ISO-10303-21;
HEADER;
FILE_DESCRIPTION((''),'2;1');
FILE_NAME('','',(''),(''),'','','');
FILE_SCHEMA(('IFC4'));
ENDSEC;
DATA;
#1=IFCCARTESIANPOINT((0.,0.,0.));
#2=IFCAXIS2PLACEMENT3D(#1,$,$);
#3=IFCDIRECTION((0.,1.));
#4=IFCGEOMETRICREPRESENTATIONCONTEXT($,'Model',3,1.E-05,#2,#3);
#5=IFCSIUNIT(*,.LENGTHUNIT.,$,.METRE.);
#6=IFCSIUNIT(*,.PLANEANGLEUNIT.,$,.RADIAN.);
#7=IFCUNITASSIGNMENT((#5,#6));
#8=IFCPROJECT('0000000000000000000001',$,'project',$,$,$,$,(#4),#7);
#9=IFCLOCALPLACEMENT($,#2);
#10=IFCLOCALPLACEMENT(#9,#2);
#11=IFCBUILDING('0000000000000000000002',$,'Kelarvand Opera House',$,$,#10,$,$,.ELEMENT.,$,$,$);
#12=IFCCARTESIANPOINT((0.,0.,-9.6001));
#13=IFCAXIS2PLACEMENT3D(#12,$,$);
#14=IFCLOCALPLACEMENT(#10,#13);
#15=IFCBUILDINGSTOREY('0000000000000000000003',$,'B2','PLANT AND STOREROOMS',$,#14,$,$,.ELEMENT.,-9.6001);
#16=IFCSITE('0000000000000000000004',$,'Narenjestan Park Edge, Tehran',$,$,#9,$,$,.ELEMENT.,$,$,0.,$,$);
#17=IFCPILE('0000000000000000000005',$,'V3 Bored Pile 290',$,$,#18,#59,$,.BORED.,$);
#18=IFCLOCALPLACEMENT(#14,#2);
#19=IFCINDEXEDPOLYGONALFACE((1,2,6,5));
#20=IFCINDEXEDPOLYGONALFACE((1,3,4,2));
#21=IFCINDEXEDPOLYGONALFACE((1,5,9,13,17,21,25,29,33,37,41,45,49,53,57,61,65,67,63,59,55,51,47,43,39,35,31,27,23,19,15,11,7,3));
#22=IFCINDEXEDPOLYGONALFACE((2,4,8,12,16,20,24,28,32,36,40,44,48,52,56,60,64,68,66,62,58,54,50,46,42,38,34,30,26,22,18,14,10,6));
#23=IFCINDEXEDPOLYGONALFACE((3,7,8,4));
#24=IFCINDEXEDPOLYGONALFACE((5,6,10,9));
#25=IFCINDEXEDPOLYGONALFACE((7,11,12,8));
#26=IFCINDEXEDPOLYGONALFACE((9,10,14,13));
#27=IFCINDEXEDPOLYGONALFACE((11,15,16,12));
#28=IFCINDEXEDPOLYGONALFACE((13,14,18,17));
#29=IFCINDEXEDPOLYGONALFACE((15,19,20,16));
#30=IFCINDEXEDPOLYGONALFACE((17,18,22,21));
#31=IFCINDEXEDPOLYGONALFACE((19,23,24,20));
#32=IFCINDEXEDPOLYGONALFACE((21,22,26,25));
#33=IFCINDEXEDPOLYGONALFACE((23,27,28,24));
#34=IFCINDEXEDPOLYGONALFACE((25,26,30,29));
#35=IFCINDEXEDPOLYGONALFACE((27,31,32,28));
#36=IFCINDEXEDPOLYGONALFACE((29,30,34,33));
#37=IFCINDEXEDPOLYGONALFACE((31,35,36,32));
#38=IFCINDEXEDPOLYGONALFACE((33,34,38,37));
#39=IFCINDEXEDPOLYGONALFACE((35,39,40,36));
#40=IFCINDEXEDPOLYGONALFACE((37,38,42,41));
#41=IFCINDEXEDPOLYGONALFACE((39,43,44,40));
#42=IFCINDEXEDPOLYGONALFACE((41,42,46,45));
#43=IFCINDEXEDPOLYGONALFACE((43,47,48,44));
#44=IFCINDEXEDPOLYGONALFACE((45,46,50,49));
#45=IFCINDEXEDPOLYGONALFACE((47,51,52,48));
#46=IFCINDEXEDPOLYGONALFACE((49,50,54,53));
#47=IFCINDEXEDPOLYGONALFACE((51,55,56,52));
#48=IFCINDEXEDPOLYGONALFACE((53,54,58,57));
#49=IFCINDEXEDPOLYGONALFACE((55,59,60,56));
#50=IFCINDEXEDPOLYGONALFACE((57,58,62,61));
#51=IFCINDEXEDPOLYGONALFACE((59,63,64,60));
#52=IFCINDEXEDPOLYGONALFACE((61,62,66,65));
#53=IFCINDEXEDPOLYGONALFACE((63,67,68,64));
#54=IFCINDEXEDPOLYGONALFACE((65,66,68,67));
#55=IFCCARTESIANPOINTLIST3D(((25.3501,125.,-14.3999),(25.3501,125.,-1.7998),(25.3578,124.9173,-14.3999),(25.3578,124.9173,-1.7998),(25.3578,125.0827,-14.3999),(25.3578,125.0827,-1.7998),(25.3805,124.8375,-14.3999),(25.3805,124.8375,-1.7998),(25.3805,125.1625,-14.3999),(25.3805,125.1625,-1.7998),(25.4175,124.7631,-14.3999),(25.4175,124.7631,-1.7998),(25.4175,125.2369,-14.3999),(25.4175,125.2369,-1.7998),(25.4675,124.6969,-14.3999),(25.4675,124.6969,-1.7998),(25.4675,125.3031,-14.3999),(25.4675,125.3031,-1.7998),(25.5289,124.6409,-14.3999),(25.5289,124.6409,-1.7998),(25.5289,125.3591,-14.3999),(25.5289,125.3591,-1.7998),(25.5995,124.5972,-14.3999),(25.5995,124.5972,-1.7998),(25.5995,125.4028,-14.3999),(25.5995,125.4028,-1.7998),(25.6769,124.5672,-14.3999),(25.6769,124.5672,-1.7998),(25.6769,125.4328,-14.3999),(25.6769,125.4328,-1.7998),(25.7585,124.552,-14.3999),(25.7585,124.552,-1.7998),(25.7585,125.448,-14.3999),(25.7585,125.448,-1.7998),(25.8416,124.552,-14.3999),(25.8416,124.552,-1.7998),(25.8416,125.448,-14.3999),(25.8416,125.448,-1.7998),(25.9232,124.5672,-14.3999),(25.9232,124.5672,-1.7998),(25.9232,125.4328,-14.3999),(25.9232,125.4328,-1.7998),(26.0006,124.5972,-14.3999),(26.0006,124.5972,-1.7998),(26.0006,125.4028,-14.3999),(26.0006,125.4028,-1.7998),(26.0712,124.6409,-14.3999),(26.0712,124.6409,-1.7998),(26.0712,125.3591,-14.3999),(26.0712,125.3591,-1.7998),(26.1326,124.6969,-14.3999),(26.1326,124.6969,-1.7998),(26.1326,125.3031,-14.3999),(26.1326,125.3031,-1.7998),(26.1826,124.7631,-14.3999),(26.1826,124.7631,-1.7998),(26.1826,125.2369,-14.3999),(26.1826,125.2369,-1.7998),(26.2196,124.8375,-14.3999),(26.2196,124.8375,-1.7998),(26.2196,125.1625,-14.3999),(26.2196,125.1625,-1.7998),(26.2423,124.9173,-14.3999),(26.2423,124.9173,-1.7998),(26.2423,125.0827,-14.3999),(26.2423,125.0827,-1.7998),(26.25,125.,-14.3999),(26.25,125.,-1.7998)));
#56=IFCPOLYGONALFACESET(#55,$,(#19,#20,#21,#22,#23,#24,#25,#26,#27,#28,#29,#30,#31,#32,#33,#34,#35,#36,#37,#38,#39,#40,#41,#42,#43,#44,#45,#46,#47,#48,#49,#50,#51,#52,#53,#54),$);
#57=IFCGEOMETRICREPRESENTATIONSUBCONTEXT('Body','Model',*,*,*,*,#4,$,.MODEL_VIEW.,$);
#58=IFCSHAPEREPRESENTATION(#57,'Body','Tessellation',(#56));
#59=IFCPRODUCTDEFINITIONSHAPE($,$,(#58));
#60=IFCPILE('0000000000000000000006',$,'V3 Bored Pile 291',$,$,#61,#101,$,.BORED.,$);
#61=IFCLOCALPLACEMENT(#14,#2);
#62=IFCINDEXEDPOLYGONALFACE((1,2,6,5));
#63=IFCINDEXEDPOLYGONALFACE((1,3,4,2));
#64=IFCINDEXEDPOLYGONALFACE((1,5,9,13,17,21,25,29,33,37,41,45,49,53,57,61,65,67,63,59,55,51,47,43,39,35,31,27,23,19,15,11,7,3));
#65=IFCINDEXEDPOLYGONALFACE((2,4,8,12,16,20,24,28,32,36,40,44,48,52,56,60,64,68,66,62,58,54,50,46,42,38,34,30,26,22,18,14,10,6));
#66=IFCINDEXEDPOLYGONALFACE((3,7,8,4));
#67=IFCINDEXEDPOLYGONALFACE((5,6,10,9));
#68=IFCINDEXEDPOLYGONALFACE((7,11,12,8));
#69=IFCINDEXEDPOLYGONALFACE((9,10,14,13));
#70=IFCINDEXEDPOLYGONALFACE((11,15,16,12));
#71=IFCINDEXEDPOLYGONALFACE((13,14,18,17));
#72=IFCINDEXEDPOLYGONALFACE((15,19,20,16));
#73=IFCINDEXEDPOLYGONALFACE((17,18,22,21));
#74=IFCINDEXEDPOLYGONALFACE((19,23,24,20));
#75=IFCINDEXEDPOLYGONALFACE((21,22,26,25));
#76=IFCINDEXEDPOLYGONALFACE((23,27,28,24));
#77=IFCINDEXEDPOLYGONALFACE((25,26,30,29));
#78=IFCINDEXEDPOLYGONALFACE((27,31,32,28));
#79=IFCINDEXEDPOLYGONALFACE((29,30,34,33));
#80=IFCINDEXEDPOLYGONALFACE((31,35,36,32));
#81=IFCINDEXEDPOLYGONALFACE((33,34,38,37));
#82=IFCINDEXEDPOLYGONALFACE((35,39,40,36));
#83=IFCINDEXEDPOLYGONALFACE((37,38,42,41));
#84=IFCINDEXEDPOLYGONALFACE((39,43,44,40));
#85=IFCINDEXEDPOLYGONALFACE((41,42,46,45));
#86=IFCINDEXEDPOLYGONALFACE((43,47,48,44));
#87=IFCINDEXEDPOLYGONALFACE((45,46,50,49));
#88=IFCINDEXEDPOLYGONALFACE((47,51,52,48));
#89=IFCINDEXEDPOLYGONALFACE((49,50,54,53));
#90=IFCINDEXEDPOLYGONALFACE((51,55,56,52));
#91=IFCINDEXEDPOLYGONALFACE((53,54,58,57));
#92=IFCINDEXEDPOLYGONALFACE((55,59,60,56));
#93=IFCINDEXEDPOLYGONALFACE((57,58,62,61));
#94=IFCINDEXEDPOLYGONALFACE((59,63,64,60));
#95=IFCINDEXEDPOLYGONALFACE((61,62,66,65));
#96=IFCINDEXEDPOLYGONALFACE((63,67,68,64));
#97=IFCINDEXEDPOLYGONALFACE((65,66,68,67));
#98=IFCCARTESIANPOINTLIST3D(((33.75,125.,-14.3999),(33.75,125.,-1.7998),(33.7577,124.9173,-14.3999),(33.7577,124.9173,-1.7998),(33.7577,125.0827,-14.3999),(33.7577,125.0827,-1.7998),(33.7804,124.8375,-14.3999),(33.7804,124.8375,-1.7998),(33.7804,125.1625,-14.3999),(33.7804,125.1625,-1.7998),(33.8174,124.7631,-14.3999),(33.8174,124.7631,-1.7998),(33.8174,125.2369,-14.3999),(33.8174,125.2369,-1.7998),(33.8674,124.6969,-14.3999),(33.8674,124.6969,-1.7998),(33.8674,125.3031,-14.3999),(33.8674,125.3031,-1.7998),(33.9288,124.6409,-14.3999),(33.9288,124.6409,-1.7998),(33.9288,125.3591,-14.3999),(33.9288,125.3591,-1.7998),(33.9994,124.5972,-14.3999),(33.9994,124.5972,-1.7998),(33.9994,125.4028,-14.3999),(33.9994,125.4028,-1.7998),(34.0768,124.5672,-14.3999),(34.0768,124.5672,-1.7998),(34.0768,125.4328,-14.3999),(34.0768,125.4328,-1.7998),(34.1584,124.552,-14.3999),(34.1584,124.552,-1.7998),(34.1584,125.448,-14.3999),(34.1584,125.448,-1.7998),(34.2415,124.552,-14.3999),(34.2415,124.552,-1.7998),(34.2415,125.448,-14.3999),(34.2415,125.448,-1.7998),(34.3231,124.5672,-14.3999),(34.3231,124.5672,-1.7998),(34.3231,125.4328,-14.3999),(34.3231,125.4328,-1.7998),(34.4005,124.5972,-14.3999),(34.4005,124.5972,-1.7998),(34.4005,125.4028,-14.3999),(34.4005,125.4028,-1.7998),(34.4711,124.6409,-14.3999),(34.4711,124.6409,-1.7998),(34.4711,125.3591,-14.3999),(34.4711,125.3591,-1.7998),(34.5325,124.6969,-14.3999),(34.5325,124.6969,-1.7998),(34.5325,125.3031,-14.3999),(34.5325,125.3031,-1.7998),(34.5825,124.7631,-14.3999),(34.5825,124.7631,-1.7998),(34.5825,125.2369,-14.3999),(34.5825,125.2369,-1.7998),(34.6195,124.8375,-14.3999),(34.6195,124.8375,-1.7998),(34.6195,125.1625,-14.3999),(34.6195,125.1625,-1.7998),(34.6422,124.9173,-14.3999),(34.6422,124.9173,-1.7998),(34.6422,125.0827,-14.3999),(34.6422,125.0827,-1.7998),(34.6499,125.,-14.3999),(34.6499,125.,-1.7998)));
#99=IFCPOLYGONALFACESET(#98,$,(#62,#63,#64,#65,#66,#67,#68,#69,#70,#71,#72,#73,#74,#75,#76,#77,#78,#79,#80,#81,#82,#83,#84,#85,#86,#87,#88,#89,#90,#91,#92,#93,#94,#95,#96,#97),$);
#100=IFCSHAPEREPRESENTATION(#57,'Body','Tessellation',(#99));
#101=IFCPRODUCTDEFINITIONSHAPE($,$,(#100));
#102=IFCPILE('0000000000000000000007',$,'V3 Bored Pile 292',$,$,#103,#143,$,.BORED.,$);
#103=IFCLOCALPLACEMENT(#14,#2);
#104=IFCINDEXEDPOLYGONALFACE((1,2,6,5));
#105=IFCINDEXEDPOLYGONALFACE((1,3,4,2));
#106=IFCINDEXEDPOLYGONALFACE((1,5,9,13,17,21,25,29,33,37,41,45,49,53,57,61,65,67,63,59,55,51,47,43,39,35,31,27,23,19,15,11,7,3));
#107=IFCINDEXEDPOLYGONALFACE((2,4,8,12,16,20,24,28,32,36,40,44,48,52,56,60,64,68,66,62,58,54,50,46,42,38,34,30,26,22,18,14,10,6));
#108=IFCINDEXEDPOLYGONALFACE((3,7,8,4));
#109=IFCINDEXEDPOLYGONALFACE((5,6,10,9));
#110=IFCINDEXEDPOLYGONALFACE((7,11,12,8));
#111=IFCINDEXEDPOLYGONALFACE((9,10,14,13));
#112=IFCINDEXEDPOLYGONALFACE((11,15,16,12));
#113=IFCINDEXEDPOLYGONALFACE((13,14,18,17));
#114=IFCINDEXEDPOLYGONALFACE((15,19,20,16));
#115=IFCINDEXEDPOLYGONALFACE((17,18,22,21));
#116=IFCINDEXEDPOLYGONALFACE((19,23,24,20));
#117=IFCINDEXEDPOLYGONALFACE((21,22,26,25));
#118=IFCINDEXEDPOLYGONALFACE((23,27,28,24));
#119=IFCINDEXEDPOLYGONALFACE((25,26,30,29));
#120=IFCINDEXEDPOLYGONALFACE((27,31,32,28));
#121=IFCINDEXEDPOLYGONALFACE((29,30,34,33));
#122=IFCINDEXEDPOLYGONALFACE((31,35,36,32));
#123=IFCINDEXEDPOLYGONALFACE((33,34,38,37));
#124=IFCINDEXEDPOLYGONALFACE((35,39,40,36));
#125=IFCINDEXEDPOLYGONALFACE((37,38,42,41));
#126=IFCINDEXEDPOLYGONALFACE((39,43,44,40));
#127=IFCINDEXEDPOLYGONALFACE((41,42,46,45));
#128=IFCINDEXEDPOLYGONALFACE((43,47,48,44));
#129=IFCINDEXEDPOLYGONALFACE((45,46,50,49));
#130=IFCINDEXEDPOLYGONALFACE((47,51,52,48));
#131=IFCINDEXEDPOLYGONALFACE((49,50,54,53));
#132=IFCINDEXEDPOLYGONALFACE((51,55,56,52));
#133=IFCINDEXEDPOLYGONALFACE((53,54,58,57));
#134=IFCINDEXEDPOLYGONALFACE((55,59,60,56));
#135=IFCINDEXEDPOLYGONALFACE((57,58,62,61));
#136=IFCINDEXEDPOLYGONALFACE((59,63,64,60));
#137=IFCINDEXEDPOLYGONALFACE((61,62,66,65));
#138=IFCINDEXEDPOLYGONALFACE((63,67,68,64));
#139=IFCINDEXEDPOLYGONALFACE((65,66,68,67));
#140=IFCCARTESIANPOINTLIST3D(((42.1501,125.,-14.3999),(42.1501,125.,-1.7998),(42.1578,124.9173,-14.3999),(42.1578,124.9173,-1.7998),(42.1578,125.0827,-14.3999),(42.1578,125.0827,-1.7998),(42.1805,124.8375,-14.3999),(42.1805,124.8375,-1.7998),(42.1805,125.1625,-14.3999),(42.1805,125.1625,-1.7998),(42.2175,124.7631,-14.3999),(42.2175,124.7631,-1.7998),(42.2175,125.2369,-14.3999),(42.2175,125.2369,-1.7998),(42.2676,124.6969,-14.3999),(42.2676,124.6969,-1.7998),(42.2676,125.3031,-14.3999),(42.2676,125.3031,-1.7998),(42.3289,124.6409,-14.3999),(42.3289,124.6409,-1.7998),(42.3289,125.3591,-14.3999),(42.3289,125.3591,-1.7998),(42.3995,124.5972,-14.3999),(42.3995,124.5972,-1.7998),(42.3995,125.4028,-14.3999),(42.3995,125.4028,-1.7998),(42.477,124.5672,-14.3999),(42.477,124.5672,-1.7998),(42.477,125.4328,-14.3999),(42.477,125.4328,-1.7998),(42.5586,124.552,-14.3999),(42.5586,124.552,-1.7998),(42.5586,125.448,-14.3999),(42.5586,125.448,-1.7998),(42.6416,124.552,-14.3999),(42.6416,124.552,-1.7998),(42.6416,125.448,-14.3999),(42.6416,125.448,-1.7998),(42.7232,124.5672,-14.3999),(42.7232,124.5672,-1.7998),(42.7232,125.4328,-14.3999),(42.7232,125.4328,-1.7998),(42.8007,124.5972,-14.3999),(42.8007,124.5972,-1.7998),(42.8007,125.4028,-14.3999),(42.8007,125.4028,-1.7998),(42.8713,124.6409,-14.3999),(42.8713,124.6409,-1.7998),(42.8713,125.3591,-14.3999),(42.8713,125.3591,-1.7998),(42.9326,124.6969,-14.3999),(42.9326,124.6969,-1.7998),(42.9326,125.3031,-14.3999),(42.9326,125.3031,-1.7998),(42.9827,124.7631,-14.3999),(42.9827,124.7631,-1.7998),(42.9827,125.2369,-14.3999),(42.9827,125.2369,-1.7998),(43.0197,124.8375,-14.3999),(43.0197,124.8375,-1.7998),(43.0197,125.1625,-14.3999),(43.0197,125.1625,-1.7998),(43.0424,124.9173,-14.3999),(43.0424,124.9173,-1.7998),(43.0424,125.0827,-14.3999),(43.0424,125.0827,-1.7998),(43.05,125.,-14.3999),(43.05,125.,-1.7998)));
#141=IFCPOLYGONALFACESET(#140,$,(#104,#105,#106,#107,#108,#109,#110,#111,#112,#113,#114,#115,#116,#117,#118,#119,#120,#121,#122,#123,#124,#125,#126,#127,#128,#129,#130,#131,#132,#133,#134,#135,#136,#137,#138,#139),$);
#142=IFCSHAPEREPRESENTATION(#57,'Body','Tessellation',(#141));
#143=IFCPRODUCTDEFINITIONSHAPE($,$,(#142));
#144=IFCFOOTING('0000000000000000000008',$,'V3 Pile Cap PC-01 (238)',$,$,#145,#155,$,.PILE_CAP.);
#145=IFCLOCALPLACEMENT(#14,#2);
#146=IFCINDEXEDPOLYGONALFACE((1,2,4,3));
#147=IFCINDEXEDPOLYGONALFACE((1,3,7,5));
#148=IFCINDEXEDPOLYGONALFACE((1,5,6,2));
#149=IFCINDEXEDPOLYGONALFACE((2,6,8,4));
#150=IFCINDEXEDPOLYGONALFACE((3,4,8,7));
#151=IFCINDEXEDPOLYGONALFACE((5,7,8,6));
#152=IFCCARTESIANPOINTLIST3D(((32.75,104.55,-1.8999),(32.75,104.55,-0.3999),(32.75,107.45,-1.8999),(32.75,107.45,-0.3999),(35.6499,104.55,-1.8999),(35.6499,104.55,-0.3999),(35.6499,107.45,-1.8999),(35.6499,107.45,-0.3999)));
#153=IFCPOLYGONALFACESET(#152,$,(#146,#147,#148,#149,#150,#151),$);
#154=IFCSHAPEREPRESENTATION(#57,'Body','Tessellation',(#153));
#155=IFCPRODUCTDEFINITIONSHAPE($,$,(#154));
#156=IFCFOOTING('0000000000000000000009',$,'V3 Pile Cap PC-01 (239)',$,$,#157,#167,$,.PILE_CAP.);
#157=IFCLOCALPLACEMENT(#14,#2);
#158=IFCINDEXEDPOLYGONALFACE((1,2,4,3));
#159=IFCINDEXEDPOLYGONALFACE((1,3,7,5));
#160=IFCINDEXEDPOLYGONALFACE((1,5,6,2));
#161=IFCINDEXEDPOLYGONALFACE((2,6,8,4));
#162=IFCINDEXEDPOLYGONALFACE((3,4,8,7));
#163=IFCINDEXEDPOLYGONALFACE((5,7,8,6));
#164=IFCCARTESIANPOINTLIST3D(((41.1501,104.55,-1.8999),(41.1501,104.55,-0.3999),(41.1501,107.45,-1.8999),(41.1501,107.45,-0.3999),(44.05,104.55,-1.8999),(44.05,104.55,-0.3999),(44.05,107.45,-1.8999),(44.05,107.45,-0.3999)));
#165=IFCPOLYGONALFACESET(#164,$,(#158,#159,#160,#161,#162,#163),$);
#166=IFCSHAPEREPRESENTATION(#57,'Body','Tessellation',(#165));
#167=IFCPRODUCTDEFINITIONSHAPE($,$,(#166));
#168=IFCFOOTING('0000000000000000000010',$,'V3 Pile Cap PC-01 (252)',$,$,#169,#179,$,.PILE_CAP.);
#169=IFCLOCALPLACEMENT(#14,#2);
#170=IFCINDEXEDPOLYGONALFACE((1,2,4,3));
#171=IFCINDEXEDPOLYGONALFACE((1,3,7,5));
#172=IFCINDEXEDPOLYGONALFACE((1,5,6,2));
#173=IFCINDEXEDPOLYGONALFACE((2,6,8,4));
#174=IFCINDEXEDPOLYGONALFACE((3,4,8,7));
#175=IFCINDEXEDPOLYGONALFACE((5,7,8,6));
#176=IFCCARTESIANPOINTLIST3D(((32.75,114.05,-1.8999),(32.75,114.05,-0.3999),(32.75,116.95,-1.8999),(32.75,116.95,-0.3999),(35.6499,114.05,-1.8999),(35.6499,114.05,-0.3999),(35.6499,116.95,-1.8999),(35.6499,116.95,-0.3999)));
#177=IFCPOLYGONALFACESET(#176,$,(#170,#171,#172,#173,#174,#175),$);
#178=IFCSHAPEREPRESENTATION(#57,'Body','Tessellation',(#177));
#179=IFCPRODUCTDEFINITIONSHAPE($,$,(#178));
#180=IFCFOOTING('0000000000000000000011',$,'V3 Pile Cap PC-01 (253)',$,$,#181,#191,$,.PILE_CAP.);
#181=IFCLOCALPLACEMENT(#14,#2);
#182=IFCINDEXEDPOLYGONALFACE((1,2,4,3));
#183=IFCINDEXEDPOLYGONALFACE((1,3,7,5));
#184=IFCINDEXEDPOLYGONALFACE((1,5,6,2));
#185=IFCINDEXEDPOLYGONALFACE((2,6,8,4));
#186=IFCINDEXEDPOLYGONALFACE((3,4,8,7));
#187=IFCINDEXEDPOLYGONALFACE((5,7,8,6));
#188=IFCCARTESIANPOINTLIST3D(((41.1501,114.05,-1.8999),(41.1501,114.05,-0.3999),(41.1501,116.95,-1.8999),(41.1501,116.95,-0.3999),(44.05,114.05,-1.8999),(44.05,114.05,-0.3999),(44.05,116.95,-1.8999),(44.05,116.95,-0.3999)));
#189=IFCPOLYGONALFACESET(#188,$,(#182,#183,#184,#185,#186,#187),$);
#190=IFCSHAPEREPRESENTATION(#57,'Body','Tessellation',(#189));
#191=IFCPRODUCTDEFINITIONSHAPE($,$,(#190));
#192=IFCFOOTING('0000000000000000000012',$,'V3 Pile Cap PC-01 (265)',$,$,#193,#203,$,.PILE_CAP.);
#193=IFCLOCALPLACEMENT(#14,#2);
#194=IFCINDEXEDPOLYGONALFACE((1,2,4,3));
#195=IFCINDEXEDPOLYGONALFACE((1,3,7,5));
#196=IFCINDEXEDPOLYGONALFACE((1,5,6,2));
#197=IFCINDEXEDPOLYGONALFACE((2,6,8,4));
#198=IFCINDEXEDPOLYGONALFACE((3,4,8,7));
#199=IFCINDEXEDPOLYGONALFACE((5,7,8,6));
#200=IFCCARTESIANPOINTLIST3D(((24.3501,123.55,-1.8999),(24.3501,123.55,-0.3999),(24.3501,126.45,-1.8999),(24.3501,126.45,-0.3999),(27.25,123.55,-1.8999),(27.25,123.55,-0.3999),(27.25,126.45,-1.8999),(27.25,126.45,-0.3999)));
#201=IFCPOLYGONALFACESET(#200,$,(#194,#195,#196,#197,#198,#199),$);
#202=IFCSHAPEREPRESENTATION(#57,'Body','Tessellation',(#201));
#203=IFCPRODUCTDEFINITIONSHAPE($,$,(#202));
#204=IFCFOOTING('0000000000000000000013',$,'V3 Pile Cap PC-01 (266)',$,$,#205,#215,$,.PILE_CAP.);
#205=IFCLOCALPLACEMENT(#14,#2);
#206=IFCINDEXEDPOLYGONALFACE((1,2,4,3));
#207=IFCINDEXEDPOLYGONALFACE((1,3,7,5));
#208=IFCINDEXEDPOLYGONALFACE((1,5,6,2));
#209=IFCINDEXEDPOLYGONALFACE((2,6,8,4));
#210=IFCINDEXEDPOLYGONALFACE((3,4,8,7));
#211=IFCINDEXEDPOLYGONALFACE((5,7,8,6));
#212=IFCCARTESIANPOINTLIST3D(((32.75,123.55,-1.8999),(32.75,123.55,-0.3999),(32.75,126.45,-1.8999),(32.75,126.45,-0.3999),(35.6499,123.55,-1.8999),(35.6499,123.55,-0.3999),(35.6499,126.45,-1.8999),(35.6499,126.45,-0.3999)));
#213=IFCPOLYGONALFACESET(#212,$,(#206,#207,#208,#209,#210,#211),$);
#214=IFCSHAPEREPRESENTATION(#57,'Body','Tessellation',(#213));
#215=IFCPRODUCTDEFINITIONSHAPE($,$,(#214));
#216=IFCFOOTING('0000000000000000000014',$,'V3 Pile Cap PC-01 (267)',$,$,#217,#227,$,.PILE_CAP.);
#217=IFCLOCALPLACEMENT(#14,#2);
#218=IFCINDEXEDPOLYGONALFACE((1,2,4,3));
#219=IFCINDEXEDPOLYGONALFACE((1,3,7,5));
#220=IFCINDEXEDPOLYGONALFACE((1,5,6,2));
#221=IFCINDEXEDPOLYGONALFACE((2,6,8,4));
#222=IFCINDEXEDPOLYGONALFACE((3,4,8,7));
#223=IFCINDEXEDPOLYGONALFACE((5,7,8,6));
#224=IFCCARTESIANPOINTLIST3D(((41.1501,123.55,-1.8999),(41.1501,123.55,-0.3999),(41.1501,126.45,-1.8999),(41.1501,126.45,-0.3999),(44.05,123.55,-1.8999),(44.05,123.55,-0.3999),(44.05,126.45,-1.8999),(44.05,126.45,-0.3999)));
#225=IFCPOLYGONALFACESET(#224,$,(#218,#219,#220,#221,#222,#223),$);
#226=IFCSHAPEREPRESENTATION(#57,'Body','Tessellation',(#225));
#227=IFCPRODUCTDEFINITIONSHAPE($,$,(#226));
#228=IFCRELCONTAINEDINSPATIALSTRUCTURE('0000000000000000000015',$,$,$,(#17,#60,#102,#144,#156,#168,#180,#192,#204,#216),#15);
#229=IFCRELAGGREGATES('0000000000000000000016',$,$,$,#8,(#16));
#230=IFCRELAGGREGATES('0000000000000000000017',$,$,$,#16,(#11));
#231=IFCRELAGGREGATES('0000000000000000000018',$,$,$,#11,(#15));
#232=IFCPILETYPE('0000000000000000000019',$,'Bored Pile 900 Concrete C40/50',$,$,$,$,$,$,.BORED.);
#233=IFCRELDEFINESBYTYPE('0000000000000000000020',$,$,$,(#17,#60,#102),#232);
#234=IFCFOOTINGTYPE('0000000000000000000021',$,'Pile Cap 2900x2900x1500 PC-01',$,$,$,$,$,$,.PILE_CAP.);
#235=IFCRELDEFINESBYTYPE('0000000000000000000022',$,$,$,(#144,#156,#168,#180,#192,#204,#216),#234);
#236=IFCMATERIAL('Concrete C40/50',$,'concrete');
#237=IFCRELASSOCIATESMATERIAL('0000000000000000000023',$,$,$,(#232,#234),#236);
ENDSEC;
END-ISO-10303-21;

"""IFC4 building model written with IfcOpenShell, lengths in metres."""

from ifc_helpers import new_model, si_unit, direction, frame, origin, origin_2d, place, context, subcontext, project, spatial, rectangle, circle, extrude, material, material_profile, profile_set, type_object, element, save


model = new_model("IFC4")

# Units and contexts
model_context = context("Model", 3, precision=1e-05, world=origin(), true_north=direction((0.0, 1.0)))
body_context = subcontext(model_context, "Body", "Model", "MODEL_VIEW")
ifc_project = project(units=[si_unit("LENGTHUNIT", "METRE"), si_unit("PLANEANGLEUNIT", "RADIAN")], contexts=[model_context])

# Site, building, storey
site_placement = place(None, origin())
site = spatial("IfcSite", under=ifc_project, at=site_placement, Name="Narenjestan Park Edge, Tehran", CompositionType="ELEMENT", RefElevation=0.0)
building_placement = place(site_placement, origin())
building = spatial("IfcBuilding", under=site, at=building_placement, Name="Kelarvand Opera House", CompositionType="ELEMENT")
storey_placement = place(building_placement, frame((0.0, 0.0, -9.6001)))
storey = spatial("IfcBuildingStorey", under=building, at=storey_placement, Name="B2", Description="PLANT AND STOREROOMS", CompositionType="ELEMENT", Elevation=-9.6001)

# Piles
ifc_material_1 = material(Name="Concrete C40/50", Category="concrete")
ifc_material_profile_1 = material_profile(ifc_material_1, circle(Radius=0.45, at=origin_2d()), Name="BP 900", Category="concrete")
ifc_profile_set_1 = profile_set([ifc_material_profile_1], Name="Concrete C40/50")
pile_type = type_object("IfcPileType", Name="Bored Pile 900 Concrete C40/50", PredefinedType="BORED", material=ifc_profile_set_1)
for number, where, z_axis, x_axis, name in (
    (1, (25.8, 125.0, -1.7998), (0.0, 0.0, -1.0), (1.0, 0.0, 0.0), "V3 Bored Pile 290"),
    (2, (34.2, 125.0, -1.7998), (0.0, 0.0, -1.0), (1.0, 0.0, 0.0), "V3 Bored Pile 291"),
    (3, (42.6001, 125.0, -1.7998), (0.0, 0.0, -1.0), (1.0, 0.0, 0.0), "V3 Bored Pile 292"),
):
    element("IfcPile", number, at=place(storey_placement, frame(where, z_axis=z_axis, x_axis=x_axis)), inside=storey, type_object=pile_type, Name=name, PredefinedType="BORED", context=body_context, shape_type="SweptSolid", body=[
        extrude(circle(Radius=0.45, at=origin_2d()), origin(), (0.0, 0.0, 1.0), 12.6001),
    ])

# Footings
footing_type = type_object("IfcFootingType", Name="Pile Cap 2900x2900x1500 PC-01", PredefinedType="PILE_CAP", material=ifc_material_1)
for number, where, z_axis, x_axis, name in (
    (4, (34.2, 106.0, -1.8999), (0.0, 0.0, 1.0), (1.0, 0.0, 0.0), "V3 Pile Cap PC-01 (238)"),
    (5, (42.6001, 106.0, -1.8999), (0.0, 0.0, 1.0), (1.0, 0.0, 0.0), "V3 Pile Cap PC-01 (239)"),
    (6, (34.2, 115.5, -1.8999), (0.0, 0.0, 1.0), (1.0, 0.0, 0.0), "V3 Pile Cap PC-01 (252)"),
    (7, (42.6001, 115.5, -1.8999), (0.0, 0.0, 1.0), (1.0, 0.0, 0.0), "V3 Pile Cap PC-01 (253)"),
    (8, (25.8, 125.0, -1.8999), (0.0, 0.0, 1.0), (1.0, 0.0, 0.0), "V3 Pile Cap PC-01 (265)"),
    (9, (34.2, 125.0, -1.8999), (0.0, 0.0, 1.0), (1.0, 0.0, 0.0), "V3 Pile Cap PC-01 (266)"),
    (10, (42.6001, 125.0, -1.8999), (0.0, 0.0, 1.0), (1.0, 0.0, 0.0), "V3 Pile Cap PC-01 (267)"),
):
    element("IfcFooting", number, at=place(storey_placement, frame(where, z_axis=z_axis, x_axis=x_axis)), inside=storey, type_object=footing_type, Name=name, PredefinedType="PILE_CAP", context=body_context, shape_type="SweptSolid", body=[
        extrude(rectangle(XDim=2.8999, YDim=2.8999, at=origin_2d()), origin(), (0.0, 0.0, 1.0), 1.5),
    ])

save(model, "model.ifc")
